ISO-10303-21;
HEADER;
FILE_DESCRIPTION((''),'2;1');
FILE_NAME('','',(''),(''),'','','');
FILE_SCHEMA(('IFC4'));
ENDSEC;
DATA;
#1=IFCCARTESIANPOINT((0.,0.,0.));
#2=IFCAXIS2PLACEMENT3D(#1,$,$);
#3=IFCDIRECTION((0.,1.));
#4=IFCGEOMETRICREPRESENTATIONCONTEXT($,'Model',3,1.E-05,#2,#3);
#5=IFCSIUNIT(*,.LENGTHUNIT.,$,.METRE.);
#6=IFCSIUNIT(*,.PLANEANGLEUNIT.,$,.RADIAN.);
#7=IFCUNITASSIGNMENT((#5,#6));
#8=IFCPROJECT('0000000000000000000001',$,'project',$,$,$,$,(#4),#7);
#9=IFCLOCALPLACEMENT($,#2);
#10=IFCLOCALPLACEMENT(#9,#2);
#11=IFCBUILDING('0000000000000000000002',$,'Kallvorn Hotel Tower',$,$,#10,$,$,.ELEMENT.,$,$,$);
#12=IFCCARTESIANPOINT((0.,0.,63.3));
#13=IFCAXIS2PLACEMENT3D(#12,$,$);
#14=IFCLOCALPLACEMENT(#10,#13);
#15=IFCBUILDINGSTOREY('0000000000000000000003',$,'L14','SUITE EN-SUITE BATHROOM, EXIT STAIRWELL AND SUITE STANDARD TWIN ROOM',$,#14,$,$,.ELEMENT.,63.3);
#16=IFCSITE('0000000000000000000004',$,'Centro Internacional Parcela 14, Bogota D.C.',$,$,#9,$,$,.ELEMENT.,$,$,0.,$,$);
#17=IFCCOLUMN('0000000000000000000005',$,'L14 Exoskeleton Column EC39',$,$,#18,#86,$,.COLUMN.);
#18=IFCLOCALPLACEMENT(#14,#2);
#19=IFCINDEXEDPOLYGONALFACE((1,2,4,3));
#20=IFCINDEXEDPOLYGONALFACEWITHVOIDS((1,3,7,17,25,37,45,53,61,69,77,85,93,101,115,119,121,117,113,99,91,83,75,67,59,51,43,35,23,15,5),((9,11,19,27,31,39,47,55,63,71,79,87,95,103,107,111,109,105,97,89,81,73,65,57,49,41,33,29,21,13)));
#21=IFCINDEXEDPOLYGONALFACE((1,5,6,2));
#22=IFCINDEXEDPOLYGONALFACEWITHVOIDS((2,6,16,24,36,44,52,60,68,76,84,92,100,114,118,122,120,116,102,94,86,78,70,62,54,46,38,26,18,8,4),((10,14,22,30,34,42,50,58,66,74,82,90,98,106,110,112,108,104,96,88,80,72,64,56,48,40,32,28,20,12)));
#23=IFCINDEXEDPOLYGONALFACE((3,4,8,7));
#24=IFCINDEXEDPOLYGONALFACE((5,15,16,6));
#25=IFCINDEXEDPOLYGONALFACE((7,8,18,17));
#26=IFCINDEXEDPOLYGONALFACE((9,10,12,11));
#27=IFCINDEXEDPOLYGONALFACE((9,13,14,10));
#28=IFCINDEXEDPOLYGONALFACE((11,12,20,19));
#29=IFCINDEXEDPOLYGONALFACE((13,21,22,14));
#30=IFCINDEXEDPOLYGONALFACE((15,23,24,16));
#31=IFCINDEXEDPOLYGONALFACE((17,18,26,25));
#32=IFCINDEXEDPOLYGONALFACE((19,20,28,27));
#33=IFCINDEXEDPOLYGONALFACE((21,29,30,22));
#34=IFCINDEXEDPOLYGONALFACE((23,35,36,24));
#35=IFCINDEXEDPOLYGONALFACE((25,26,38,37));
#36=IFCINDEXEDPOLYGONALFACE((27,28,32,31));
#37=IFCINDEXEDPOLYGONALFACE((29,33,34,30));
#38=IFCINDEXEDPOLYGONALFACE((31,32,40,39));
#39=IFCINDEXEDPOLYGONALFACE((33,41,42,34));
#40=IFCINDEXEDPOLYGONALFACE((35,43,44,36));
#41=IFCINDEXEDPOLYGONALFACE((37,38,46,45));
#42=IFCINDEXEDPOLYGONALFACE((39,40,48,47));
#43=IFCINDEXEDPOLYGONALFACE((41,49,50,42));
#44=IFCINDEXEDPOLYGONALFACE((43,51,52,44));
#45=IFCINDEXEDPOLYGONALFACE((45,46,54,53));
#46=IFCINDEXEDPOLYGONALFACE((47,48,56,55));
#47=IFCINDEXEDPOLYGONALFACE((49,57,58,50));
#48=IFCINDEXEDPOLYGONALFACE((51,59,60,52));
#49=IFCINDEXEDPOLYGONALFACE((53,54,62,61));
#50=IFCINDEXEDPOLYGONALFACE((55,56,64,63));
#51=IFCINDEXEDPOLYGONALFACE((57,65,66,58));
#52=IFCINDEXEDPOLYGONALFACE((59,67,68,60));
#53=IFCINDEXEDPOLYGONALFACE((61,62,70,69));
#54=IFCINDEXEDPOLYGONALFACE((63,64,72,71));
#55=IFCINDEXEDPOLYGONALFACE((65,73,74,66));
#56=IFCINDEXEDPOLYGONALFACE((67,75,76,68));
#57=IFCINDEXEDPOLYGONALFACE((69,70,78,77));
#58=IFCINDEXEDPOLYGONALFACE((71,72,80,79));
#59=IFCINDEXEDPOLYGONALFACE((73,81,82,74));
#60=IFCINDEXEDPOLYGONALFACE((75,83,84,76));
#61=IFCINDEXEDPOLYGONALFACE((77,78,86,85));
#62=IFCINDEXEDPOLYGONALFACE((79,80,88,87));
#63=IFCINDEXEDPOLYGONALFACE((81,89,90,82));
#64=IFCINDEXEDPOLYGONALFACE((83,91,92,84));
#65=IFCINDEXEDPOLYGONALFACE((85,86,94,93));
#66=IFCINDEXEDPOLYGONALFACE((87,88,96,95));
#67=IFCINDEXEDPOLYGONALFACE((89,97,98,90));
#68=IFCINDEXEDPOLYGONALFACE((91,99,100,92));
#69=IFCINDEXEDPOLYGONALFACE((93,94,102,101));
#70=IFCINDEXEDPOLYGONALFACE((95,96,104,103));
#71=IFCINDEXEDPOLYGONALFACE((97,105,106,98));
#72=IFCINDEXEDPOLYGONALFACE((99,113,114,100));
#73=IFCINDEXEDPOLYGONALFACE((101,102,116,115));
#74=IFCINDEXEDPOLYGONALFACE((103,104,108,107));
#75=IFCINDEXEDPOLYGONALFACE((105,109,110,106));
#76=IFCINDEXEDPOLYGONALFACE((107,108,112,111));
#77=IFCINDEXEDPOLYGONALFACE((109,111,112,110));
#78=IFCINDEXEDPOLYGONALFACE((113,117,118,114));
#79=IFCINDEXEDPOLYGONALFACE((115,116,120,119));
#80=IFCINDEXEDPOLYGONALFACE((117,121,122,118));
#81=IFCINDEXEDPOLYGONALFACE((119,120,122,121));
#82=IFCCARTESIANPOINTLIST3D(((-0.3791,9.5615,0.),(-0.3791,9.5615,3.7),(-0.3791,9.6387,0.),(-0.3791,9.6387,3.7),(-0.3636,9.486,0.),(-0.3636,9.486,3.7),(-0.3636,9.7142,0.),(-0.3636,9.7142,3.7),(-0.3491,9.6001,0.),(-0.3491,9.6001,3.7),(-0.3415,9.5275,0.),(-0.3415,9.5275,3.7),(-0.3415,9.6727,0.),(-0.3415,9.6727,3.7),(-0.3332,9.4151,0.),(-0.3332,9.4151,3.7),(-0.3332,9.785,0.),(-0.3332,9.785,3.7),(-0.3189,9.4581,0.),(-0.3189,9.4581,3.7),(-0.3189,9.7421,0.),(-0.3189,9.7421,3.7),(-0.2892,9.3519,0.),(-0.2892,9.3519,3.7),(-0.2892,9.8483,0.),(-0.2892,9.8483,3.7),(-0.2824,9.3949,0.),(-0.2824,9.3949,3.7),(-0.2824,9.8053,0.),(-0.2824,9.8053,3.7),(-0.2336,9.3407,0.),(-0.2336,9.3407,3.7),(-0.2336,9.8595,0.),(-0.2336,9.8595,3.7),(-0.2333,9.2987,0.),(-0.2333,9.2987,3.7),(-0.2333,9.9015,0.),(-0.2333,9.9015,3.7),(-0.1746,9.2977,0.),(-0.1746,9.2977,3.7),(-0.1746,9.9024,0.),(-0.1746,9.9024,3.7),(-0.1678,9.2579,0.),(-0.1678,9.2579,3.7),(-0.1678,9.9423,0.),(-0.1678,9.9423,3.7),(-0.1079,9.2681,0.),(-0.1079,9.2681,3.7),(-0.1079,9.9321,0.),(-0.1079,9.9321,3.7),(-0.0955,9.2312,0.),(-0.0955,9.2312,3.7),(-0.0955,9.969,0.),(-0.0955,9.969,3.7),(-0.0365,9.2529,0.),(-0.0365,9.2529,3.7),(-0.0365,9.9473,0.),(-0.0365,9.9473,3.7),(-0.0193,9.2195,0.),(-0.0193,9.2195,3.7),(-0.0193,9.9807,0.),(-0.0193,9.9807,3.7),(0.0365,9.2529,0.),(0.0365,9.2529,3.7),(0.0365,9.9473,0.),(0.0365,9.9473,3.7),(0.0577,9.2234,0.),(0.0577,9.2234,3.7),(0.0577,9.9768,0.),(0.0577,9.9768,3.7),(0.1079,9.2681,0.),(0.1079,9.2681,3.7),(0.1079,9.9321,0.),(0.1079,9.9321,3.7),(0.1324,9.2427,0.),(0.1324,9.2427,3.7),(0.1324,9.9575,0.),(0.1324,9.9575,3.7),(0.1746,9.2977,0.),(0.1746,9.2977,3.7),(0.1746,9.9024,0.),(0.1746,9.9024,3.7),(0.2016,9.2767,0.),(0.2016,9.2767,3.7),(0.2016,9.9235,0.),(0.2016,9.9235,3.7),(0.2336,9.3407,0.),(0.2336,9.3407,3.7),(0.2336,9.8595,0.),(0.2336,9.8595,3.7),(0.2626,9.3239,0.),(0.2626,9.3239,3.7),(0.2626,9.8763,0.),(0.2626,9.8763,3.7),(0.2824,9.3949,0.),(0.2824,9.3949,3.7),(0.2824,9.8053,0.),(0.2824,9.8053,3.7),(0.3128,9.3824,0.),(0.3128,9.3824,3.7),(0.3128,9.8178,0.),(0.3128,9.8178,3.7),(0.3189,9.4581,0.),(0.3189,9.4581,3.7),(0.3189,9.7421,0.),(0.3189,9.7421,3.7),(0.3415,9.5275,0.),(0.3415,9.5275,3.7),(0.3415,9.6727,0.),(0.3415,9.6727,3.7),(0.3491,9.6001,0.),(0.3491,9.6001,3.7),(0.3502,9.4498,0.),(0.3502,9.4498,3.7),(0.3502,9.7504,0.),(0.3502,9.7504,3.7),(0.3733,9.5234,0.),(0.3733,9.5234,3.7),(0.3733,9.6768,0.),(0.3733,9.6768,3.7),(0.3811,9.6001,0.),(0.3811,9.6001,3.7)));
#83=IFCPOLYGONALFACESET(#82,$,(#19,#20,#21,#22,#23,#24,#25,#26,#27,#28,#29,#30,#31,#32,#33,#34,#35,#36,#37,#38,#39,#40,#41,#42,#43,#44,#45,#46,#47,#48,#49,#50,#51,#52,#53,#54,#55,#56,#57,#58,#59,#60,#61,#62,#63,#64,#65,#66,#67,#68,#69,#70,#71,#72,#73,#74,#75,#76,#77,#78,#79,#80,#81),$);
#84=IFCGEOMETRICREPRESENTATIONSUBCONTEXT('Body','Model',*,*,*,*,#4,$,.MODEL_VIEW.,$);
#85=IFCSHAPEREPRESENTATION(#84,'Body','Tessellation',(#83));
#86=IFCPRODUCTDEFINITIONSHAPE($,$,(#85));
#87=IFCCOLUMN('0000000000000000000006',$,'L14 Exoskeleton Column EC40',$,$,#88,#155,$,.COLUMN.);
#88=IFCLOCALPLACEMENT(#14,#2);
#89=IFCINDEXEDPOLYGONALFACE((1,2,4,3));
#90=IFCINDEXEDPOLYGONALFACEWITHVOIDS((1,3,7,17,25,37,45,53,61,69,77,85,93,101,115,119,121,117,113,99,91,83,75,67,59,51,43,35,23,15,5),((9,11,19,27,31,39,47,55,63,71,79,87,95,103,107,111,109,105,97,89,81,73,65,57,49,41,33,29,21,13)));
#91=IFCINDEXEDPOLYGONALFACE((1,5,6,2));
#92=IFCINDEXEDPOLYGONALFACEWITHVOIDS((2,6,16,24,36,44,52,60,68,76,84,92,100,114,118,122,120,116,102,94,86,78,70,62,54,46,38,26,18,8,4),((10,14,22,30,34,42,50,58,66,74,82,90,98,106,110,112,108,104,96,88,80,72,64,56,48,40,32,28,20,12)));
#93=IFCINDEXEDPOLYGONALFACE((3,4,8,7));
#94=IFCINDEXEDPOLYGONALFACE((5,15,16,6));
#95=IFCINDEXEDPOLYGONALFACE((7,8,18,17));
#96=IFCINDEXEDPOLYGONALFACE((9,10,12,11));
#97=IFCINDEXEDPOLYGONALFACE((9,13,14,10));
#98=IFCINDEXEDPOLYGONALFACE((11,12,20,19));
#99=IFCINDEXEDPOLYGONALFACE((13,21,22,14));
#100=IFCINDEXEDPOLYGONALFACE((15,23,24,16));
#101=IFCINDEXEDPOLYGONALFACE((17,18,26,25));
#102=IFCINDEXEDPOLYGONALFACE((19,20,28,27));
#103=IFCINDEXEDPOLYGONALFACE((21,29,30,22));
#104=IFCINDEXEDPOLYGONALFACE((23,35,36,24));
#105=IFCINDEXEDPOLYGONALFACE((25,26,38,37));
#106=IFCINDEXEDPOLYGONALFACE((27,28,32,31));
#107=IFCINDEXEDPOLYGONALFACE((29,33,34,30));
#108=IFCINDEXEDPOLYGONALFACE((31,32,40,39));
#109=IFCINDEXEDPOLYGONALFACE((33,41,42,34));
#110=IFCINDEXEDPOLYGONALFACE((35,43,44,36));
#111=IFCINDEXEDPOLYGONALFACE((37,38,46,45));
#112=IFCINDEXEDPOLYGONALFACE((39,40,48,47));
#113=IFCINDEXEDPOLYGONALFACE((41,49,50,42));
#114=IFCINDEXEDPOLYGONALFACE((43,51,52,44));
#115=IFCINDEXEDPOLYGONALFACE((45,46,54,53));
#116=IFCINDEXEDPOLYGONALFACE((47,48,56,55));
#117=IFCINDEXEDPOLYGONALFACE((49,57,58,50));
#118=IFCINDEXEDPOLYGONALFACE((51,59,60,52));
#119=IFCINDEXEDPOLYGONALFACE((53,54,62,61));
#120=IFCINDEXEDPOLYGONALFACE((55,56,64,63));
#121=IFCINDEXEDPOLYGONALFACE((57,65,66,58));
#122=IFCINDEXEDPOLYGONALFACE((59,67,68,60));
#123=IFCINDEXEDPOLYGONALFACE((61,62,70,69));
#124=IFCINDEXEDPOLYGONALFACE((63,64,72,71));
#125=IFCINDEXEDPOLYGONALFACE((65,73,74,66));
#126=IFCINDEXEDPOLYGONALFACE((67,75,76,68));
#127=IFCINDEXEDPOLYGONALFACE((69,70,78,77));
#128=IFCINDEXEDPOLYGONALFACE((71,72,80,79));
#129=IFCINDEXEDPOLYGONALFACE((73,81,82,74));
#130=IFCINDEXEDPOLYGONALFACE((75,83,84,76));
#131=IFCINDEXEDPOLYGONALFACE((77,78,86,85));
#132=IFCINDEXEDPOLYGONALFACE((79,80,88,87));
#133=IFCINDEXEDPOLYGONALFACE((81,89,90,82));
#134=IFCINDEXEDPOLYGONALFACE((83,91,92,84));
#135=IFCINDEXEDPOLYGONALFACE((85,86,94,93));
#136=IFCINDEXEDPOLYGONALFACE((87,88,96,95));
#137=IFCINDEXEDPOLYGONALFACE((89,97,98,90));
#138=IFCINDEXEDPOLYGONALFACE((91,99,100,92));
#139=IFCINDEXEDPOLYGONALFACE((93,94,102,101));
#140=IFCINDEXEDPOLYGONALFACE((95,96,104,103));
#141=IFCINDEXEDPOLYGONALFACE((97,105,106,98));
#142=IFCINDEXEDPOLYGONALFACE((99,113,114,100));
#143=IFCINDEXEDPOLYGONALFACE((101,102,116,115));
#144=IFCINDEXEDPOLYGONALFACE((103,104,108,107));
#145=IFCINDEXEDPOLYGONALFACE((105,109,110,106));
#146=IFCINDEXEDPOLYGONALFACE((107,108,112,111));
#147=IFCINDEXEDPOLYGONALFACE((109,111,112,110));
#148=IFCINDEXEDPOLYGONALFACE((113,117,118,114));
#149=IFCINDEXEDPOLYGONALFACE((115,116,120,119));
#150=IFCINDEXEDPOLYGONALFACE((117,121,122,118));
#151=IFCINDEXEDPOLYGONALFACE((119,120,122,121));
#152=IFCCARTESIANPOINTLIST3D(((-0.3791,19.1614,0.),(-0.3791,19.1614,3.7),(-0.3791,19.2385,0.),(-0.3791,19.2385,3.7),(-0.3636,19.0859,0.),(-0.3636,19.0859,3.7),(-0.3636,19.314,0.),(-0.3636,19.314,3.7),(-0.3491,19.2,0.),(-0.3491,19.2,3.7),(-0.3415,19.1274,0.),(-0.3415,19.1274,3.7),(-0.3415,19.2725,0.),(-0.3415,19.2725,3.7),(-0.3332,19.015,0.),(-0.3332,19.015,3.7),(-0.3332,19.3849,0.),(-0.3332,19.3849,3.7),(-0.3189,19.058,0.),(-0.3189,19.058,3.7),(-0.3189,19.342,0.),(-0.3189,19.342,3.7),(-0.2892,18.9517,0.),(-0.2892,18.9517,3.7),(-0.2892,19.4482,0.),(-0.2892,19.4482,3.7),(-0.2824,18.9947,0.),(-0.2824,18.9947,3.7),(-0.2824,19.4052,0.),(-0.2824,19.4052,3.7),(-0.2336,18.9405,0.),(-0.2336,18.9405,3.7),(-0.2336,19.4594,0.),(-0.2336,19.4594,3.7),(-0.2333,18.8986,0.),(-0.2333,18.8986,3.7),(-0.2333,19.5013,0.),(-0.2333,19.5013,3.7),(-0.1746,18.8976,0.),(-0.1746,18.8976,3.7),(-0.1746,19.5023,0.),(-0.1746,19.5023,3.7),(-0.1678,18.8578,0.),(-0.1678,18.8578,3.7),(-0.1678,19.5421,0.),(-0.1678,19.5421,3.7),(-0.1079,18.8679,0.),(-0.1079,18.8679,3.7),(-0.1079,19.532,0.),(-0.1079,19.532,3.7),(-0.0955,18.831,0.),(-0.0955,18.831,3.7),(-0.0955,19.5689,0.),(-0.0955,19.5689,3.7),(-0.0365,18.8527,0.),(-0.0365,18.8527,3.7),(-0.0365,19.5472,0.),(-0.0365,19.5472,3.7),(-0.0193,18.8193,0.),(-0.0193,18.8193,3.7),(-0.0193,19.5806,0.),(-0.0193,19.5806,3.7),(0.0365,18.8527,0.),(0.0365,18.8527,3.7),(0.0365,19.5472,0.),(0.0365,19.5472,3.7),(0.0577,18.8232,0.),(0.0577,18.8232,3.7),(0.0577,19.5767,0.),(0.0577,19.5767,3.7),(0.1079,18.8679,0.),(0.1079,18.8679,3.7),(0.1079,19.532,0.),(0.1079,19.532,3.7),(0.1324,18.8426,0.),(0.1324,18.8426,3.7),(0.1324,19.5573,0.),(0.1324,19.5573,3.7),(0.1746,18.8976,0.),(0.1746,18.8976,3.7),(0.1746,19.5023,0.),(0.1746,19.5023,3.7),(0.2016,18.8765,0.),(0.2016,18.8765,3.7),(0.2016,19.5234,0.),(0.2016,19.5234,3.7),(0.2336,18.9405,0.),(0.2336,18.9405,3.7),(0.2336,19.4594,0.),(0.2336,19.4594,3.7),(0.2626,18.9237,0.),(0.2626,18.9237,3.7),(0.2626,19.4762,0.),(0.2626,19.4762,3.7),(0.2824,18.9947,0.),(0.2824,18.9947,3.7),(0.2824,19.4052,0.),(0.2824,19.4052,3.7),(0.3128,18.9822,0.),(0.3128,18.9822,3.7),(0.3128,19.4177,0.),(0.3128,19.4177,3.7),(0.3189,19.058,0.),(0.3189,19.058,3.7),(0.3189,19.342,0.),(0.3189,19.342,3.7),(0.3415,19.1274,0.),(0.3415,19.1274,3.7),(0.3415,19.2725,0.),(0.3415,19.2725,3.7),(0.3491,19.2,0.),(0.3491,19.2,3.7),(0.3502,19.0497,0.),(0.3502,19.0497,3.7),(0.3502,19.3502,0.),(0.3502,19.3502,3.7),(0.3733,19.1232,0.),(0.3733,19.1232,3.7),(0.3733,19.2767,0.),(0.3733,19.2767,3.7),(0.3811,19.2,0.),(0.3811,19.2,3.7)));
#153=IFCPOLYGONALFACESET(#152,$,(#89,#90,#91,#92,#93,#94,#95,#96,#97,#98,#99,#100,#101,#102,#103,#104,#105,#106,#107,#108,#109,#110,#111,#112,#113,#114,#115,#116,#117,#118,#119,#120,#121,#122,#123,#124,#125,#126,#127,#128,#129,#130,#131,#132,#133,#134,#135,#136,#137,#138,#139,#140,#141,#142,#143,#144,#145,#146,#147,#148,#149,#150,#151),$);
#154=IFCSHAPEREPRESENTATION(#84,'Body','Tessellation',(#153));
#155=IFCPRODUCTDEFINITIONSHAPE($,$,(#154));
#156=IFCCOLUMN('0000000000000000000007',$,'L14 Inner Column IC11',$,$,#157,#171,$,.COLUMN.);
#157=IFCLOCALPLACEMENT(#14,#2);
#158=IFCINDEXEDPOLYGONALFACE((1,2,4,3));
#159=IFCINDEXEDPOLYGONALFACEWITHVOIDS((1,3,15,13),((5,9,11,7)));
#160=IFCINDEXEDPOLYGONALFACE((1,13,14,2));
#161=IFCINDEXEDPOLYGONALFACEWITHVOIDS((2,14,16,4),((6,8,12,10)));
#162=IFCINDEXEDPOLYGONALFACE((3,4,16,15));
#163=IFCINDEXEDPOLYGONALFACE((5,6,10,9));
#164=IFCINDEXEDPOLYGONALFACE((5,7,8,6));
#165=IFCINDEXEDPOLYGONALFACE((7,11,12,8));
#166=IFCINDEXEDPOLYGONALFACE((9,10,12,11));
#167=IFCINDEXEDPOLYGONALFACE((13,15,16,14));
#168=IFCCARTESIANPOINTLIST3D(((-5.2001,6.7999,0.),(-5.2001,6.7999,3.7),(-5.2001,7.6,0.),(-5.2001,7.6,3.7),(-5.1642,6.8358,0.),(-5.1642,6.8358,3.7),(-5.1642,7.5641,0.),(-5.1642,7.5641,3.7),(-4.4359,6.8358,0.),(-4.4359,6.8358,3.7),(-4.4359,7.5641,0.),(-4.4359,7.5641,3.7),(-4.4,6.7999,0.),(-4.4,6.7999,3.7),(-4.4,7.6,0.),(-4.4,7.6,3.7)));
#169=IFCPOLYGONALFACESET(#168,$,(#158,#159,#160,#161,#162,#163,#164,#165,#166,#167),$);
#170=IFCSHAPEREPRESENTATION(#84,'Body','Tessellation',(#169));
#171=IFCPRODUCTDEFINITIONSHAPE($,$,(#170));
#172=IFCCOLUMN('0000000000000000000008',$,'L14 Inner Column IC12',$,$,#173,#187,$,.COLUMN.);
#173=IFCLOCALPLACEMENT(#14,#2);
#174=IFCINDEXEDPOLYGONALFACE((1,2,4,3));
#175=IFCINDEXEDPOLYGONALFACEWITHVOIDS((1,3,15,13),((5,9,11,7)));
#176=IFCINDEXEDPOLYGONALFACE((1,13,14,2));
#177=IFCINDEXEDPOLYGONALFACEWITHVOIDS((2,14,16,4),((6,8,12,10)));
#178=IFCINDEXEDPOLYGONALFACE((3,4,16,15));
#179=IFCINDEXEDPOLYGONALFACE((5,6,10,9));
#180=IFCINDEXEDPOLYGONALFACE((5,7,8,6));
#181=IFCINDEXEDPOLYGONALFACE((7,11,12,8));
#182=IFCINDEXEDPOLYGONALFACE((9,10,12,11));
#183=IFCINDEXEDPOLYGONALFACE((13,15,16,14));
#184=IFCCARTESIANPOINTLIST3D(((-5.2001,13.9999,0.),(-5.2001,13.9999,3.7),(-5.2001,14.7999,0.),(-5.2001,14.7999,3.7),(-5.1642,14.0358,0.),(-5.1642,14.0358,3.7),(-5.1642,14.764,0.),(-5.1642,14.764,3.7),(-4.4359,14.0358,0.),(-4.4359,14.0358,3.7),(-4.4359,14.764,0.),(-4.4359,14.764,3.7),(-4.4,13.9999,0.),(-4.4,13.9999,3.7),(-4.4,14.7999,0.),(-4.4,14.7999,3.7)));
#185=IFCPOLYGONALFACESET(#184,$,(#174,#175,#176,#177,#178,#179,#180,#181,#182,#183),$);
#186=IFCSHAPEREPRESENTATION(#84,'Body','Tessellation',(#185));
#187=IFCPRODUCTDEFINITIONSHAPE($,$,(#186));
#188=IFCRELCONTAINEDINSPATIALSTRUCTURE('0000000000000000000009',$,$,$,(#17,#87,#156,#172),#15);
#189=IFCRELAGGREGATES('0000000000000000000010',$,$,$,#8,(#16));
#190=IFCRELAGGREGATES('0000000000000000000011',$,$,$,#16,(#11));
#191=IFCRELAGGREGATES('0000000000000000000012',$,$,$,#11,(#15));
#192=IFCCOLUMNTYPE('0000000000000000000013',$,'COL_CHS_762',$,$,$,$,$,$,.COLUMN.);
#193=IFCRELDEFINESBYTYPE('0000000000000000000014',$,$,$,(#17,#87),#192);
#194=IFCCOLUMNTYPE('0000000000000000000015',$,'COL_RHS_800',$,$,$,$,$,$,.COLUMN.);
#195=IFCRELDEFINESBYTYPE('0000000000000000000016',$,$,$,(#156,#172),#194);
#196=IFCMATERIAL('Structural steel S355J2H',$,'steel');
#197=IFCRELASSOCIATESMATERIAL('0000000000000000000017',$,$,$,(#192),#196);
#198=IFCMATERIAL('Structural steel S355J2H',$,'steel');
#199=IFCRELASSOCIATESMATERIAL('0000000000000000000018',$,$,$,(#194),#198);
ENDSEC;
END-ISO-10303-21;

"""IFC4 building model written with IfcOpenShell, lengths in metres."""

from ifc_helpers import new_model, si_unit, direction, frame, origin, origin_2d, place, context, subcontext, project, spatial, hollow_rectangle, hollow_circle, extrude, material, material_profile, profile_set, type_object, element, save


model = new_model("IFC4")

# Units and contexts
model_context = context("Model", 3, precision=1e-05, world=origin(), true_north=direction((0.0, 1.0)))
body_context = subcontext(model_context, "Body", "Model", "MODEL_VIEW")
ifc_project = project(units=[si_unit("LENGTHUNIT", "METRE"), si_unit("PLANEANGLEUNIT", "RADIAN")], contexts=[model_context])

# Site, building, storey
site_placement = place(None, origin())
site = spatial("IfcSite", under=ifc_project, at=site_placement, Name="Centro Internacional Parcela 14, Bogota D.C.", CompositionType="ELEMENT", RefElevation=0.0)
building_placement = place(site_placement, origin())
building = spatial("IfcBuilding", under=site, at=building_placement, Name="Kallvorn Hotel Tower", CompositionType="ELEMENT")
storey_placement = place(building_placement, frame((0.0, 0.0, 63.3)))
storey = spatial("IfcBuildingStorey", under=building, at=storey_placement, Name="L14", Description="SUITE EN-SUITE BATHROOM, EXIT STAIRWELL AND SUITE STANDARD TWIN ROOM", CompositionType="ELEMENT", Elevation=63.3)

# Columns
ifc_material_1 = material(Name="Structural steel S355J2H", Category="steel")
ifc_material_profile_1 = material_profile(ifc_material_1, hollow_circle(Radius=0.3811, WallThickness=0.032, at=origin_2d()), Name="CHS 762x32")
ifc_profile_set_1 = profile_set([ifc_material_profile_1], Name="Structural steel S355J2H")
column_type_1 = type_object("IfcColumnType", Name="COL_CHS_762", PredefinedType="COLUMN", material=ifc_profile_set_1)
for number, where, z_axis, x_axis, name in (
    (1, (0.0, 9.6001, 0.0), (0.0, 0.0, 1.0), (1.0, 0.0, 0.0), "L14 Exoskeleton Column EC39"),
    (2, (0.0, 19.2, 0.0), (0.0, 0.0, 1.0), (1.0, 0.0, 0.0), "L14 Exoskeleton Column EC40"),
):
    element("IfcColumn", number, at=place(storey_placement, frame(where, z_axis=z_axis, x_axis=x_axis)), inside=storey, type_object=column_type_1, Name=name, PredefinedType="COLUMN", context=body_context, shape_type="SweptSolid", body=[
        extrude(hollow_circle(Radius=0.3811, WallThickness=0.032, at=origin_2d()), origin(), (0.0, 0.0, 1.0), 3.7),
    ])
ifc_material_2 = material(Name="Structural steel S355J2H", Category="steel")
ifc_material_profile_2 = material_profile(ifc_material_2, hollow_rectangle(XDim=0.8, YDim=0.8, WallThickness=0.0359, at=origin_2d()), Name="RHS 800x800x36")
ifc_profile_set_2 = profile_set([ifc_material_profile_2], Name="Structural steel S355J2H")
column_type_2 = type_object("IfcColumnType", Name="COL_RHS_800", PredefinedType="COLUMN", material=ifc_profile_set_2)
for number, where, z_axis, x_axis, name in (
    (3, (-4.8, 7.2, 0.0), (0.0, 0.0, 1.0), (1.0, 0.0, 0.0), "L14 Inner Column IC11"),
    (4, (-4.8, 14.3999, 0.0), (0.0, 0.0, 1.0), (1.0, 0.0, 0.0), "L14 Inner Column IC12"),
):
    element("IfcColumn", number, at=place(storey_placement, frame(where, z_axis=z_axis, x_axis=x_axis)), inside=storey, type_object=column_type_2, Name=name, PredefinedType="COLUMN", context=body_context, shape_type="SweptSolid", body=[
        extrude(hollow_rectangle(XDim=0.8, YDim=0.8, WallThickness=0.0359, at=origin_2d()), origin(), (0.0, 0.0, 1.0), 3.7),
    ])

save(model, "model.ifc")
